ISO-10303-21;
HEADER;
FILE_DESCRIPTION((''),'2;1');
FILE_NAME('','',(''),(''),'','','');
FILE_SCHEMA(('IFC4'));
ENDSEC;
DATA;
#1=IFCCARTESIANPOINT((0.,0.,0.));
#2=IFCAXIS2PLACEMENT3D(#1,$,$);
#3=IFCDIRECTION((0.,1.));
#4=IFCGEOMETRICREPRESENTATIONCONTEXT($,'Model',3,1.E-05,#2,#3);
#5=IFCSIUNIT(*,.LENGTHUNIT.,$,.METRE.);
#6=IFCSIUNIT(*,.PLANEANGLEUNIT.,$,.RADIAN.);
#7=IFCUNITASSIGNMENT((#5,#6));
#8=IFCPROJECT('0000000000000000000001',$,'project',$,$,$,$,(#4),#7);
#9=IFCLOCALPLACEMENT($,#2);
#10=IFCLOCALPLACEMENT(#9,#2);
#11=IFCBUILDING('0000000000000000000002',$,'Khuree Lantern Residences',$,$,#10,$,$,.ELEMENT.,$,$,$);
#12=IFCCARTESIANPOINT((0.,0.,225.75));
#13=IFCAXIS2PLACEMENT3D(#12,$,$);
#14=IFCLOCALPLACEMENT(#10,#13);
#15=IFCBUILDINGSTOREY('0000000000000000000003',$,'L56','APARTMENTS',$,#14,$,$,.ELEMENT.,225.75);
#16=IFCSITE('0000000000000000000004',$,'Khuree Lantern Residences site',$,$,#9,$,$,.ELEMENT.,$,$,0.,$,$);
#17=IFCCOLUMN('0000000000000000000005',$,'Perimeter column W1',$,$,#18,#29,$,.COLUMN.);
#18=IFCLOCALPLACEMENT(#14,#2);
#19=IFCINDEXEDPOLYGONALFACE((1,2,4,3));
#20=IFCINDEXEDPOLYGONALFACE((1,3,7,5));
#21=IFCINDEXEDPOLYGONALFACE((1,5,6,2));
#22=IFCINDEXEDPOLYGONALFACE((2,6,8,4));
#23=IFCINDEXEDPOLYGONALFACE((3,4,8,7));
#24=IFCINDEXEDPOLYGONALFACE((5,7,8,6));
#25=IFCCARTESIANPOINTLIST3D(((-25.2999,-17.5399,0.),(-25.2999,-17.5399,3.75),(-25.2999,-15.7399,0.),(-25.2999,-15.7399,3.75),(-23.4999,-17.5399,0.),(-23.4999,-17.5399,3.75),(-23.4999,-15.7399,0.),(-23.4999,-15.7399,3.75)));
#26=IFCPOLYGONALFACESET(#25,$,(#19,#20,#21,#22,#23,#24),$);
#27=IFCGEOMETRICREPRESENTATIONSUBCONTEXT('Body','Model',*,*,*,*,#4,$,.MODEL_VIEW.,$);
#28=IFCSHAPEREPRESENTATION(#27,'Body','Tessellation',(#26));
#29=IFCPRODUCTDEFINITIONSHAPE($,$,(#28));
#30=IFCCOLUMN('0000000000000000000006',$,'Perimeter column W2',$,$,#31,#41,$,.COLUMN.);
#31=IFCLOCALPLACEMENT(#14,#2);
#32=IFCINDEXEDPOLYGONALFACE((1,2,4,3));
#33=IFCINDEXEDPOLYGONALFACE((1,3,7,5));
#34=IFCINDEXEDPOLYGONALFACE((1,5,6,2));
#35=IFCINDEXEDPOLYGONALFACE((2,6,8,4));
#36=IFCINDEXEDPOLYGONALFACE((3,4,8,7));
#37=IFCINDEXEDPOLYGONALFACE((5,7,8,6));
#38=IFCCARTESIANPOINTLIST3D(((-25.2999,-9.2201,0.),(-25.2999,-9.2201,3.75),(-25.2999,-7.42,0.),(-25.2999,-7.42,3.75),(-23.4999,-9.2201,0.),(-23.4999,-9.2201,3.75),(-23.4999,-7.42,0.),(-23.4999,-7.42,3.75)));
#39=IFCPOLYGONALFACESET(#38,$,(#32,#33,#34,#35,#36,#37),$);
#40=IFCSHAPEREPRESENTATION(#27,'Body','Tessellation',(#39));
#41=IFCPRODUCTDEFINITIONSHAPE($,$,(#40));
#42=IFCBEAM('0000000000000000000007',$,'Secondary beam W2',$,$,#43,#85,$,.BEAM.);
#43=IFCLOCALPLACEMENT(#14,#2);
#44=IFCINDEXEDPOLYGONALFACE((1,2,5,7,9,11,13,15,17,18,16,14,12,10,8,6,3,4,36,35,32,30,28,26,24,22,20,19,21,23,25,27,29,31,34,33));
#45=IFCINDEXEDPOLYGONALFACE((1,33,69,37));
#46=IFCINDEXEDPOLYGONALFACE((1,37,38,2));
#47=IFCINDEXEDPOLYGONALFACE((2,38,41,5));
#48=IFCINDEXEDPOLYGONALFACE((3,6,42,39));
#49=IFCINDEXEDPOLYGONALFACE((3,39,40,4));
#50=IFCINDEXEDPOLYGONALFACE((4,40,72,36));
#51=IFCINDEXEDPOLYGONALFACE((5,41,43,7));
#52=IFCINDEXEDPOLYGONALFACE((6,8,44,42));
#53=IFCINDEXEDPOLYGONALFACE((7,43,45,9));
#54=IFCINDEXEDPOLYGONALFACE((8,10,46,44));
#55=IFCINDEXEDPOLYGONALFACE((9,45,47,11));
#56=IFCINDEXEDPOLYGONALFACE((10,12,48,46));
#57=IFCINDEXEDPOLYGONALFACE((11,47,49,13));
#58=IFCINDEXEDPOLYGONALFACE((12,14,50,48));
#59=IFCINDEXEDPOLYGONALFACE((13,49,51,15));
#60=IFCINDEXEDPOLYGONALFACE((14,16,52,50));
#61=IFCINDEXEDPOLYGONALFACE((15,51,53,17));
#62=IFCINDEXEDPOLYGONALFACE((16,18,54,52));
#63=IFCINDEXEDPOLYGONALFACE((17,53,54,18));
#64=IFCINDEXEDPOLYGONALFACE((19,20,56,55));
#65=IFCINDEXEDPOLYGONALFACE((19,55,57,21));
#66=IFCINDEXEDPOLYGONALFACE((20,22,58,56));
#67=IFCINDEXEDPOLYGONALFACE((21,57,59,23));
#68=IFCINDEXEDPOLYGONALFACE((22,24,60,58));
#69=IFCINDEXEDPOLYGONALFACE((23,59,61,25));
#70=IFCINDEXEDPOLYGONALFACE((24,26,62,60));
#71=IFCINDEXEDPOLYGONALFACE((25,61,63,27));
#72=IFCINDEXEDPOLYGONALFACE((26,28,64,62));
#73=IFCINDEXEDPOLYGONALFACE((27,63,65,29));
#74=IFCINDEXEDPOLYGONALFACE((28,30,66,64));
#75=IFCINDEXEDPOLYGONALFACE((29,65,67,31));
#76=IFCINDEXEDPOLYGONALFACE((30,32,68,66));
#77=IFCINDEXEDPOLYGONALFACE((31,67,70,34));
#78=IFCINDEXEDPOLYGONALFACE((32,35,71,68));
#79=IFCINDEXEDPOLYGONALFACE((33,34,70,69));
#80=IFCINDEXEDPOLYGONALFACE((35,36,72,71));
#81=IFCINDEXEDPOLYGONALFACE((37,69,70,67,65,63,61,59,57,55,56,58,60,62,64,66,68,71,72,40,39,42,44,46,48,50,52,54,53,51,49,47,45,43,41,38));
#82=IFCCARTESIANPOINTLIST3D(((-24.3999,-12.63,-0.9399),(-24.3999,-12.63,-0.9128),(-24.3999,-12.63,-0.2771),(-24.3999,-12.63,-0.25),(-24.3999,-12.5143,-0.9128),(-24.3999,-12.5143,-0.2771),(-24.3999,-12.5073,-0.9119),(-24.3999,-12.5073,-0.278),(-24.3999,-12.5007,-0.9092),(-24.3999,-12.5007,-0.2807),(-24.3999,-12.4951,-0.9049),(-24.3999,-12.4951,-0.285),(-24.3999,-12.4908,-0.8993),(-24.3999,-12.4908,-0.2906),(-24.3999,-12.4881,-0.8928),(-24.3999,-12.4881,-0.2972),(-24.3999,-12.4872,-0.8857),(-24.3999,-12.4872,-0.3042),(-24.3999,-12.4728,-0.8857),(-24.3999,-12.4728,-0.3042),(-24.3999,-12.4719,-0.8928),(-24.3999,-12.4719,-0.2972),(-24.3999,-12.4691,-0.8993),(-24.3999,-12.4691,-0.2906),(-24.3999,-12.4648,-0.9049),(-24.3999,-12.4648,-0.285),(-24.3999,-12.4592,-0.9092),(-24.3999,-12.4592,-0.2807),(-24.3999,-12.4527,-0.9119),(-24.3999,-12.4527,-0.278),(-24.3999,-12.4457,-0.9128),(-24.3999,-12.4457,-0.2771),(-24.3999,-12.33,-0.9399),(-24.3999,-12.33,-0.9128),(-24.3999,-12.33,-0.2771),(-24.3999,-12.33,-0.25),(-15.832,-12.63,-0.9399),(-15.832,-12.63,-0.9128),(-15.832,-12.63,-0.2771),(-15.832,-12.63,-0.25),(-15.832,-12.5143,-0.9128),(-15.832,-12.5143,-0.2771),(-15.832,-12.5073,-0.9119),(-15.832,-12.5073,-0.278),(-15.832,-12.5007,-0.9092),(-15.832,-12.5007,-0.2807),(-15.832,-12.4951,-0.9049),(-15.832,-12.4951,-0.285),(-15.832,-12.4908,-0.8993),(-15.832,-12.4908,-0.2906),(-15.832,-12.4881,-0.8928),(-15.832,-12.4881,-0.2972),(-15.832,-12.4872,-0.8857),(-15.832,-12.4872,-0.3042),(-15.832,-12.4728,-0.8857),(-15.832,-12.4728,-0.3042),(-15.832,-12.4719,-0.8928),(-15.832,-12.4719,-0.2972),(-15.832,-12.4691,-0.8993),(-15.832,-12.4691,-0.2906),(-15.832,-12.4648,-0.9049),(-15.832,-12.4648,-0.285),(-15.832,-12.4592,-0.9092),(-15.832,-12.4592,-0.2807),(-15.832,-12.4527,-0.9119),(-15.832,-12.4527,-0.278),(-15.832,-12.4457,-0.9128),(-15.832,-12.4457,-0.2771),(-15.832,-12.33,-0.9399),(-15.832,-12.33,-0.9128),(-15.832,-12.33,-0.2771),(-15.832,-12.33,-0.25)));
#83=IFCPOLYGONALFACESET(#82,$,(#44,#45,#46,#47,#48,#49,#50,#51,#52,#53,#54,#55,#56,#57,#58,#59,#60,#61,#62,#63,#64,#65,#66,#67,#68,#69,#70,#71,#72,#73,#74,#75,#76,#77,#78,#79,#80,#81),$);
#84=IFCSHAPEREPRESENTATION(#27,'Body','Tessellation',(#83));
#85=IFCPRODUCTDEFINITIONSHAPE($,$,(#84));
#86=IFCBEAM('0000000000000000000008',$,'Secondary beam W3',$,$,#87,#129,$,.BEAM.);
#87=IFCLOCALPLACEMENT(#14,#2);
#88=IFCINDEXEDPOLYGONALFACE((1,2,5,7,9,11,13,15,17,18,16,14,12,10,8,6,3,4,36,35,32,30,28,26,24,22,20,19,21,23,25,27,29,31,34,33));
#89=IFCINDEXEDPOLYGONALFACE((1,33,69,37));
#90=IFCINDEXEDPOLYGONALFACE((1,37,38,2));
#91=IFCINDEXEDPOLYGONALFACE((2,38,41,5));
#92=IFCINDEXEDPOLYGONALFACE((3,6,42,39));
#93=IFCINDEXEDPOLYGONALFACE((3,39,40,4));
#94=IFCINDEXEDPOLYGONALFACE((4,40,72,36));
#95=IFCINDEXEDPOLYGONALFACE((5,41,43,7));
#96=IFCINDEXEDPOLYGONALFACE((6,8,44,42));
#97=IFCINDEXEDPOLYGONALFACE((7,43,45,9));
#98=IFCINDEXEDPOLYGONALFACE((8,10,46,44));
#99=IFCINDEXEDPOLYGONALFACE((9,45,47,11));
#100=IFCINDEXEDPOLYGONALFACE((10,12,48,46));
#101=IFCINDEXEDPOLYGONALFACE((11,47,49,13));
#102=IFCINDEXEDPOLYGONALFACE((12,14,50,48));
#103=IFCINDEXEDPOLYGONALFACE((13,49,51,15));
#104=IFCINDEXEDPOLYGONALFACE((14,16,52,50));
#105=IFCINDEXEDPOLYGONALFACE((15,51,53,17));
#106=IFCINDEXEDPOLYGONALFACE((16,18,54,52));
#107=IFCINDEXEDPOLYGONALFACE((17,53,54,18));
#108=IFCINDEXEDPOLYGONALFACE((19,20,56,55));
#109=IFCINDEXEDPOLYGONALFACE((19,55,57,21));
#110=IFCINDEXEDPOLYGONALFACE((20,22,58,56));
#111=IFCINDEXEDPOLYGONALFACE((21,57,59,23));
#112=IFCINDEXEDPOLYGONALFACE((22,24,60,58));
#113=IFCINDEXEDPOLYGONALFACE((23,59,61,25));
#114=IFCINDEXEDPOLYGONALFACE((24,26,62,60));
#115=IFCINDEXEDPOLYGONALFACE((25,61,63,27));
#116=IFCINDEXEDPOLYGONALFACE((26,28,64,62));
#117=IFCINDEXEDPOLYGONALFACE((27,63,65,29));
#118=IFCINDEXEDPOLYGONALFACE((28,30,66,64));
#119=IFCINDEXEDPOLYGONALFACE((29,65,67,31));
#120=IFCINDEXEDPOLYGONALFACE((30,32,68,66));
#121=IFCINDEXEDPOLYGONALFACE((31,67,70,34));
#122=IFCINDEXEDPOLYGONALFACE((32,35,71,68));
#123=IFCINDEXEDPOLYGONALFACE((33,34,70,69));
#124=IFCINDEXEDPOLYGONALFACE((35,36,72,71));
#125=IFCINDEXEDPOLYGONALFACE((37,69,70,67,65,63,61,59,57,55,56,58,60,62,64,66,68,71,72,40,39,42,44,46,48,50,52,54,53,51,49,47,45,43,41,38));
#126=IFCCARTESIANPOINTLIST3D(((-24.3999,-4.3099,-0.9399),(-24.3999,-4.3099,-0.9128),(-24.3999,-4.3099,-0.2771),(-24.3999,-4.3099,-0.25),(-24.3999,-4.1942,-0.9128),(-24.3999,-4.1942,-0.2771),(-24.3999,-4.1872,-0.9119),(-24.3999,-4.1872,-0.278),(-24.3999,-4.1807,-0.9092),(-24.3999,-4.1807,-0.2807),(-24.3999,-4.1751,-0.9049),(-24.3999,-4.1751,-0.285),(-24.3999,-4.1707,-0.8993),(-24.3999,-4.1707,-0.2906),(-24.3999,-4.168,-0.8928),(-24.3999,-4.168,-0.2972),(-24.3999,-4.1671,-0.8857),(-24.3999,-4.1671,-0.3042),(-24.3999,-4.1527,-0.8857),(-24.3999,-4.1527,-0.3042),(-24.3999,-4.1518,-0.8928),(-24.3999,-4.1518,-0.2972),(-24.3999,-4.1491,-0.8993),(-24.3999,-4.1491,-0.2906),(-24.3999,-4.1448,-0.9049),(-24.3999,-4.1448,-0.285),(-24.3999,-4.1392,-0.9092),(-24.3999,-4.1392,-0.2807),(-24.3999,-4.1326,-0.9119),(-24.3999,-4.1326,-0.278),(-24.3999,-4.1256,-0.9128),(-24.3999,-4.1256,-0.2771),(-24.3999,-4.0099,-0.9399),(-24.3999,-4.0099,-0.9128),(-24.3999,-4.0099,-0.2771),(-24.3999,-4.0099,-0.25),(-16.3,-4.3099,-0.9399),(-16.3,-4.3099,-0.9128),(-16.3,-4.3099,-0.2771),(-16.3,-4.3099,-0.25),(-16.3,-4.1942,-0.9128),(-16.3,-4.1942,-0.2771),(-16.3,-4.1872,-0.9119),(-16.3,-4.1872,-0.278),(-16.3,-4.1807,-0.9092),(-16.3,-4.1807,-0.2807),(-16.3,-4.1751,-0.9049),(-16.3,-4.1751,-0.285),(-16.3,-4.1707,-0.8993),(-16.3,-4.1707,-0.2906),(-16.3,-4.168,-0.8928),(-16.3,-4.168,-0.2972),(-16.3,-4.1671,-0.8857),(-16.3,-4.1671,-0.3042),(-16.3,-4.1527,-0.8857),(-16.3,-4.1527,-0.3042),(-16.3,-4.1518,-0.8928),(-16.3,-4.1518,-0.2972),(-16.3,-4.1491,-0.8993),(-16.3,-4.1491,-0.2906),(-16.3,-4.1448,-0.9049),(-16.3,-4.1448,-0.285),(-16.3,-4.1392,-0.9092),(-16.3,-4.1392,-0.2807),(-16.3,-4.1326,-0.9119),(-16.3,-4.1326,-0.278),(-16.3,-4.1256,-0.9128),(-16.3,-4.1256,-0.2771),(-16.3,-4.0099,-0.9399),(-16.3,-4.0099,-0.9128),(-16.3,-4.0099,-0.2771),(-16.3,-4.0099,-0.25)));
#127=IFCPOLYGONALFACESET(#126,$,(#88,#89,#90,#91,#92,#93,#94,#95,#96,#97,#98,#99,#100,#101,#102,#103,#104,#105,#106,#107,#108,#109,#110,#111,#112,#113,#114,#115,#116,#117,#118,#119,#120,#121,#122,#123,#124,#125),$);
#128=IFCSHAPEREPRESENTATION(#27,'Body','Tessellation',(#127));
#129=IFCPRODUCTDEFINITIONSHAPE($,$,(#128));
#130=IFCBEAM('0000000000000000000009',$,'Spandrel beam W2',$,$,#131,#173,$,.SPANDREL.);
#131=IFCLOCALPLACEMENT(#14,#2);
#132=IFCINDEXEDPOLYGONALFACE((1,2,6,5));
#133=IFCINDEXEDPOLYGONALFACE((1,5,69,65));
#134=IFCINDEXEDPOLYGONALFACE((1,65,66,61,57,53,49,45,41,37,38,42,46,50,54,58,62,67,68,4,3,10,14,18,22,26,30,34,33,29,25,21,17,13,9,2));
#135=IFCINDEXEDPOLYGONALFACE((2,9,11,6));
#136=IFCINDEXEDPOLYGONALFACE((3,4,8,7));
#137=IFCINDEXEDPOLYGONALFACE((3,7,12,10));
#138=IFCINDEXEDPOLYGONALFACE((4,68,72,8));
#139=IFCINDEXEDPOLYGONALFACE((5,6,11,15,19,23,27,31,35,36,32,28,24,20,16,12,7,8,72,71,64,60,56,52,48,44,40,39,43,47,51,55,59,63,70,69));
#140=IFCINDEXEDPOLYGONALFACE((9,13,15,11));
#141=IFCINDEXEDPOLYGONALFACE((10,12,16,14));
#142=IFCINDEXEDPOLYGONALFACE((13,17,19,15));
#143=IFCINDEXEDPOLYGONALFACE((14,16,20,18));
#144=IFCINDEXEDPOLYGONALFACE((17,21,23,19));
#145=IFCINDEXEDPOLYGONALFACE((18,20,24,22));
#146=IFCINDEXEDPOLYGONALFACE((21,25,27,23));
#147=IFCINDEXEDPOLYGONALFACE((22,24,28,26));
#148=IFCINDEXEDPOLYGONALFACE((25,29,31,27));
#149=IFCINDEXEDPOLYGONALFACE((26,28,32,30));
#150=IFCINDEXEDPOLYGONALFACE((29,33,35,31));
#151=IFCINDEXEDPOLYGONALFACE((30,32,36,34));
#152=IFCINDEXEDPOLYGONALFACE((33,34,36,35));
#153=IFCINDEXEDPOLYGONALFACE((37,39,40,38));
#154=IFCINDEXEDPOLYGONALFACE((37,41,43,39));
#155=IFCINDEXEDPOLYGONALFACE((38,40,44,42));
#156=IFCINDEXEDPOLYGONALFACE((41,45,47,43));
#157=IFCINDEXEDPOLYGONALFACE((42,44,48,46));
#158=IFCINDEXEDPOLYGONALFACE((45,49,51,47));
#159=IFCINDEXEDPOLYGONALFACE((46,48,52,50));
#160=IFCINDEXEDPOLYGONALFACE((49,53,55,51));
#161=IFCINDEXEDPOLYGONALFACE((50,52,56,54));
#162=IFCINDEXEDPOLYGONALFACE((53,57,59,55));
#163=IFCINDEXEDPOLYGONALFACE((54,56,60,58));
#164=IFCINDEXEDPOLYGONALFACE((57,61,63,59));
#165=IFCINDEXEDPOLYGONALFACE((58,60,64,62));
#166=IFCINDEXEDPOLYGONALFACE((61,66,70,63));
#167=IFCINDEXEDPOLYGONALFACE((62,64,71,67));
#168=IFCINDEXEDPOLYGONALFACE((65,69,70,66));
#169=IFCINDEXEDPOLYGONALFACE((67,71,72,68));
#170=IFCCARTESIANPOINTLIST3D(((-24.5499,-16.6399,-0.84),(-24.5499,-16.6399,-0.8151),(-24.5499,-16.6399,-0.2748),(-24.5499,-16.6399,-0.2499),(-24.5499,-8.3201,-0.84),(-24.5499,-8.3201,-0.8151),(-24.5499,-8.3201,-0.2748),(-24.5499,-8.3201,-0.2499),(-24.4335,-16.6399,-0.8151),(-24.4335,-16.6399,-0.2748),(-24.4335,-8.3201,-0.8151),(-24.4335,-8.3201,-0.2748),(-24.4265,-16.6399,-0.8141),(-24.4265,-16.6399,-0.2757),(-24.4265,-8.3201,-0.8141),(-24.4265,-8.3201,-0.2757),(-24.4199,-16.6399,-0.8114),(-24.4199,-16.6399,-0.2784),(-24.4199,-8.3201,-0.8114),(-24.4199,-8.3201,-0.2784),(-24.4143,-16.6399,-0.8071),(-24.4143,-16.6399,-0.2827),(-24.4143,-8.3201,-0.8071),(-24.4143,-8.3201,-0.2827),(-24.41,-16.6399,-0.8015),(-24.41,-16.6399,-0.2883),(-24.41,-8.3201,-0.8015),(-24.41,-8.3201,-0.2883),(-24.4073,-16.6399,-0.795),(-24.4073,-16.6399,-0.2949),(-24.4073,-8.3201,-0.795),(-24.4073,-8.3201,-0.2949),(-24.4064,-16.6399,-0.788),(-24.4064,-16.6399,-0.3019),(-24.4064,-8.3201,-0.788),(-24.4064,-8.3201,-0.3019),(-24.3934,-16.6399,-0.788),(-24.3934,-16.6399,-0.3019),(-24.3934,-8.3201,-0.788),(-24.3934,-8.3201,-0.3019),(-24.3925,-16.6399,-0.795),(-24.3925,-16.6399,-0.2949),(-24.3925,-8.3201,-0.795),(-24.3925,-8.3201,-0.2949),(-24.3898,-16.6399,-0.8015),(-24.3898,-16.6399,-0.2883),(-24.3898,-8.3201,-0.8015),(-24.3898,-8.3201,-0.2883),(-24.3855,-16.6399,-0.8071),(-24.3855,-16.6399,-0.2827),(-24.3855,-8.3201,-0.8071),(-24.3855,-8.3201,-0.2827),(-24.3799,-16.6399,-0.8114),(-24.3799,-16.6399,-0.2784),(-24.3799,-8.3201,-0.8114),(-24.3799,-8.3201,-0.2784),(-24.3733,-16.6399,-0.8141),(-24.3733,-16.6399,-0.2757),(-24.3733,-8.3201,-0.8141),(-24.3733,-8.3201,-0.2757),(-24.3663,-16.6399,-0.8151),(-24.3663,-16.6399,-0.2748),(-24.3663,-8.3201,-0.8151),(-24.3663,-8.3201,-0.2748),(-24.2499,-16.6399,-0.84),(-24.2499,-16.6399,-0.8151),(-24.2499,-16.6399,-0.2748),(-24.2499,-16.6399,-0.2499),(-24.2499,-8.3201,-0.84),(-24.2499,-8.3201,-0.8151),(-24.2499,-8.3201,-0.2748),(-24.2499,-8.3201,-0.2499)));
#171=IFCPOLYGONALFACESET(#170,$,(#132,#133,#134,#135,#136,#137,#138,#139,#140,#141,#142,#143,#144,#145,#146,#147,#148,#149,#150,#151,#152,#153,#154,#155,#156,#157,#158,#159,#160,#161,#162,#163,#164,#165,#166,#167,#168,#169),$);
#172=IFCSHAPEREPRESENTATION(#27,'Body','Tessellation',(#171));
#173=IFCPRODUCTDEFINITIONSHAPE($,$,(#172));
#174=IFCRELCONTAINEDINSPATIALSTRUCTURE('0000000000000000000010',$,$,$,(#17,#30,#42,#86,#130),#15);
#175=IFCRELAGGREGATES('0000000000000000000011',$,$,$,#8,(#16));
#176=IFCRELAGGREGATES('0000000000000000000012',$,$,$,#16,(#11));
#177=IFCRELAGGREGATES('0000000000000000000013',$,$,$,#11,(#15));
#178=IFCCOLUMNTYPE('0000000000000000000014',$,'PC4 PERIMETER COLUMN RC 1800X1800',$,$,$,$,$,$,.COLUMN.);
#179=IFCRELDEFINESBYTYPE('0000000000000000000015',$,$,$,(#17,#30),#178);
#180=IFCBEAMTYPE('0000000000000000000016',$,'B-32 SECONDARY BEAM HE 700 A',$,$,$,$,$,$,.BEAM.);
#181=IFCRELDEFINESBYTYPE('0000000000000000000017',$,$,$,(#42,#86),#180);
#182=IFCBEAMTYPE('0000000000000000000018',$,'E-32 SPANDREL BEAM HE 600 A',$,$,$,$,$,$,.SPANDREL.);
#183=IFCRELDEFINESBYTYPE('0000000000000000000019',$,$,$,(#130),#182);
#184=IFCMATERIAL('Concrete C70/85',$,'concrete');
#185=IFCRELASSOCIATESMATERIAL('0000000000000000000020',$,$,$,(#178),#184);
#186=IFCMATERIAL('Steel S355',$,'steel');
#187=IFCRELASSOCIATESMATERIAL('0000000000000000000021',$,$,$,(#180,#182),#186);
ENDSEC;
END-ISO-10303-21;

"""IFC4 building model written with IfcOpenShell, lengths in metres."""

from ifc_helpers import new_model, si_unit, direction, frame, origin, origin_2d, place, context, subcontext, project, spatial, rectangle, i_section, extrude, material, material_profile, profile_set, type_object, element, save


model = new_model("IFC4")

# Units and contexts
model_context = context("Model", 3, precision=1e-05, world=origin(), true_north=direction((0.0, 1.0)))
body_context = subcontext(model_context, "Body", "Model", "MODEL_VIEW")
ifc_project = project(units=[si_unit("LENGTHUNIT", "METRE"), si_unit("PLANEANGLEUNIT", "RADIAN")], contexts=[model_context])

# Site, building, storey
site_placement = place(None, origin())
site = spatial("IfcSite", under=ifc_project, at=site_placement, Name="Khuree Lantern Residences site", CompositionType="ELEMENT", RefElevation=0.0)
building_placement = place(site_placement, origin())
building = spatial("IfcBuilding", under=site, at=building_placement, Name="Khuree Lantern Residences", CompositionType="ELEMENT")
storey_placement = place(building_placement, frame((0.0, 0.0, 225.75)))
storey = spatial("IfcBuildingStorey", under=building, at=storey_placement, Name="L56", Description="APARTMENTS", CompositionType="ELEMENT", Elevation=225.75)

# Columns
ifc_material_1 = material(Name="Concrete C70/85", Category="concrete")
ifc_material_profile_1 = material_profile(ifc_material_1, rectangle(XDim=1.8, YDim=1.8, at=origin_2d()), Name="RC 1800X1800")
ifc_profile_set_1 = profile_set([ifc_material_profile_1], Name="Concrete C70/85")
column_type = type_object("IfcColumnType", Name="PC4 PERIMETER COLUMN RC 1800X1800", PredefinedType="COLUMN", material=ifc_profile_set_1)
for number, where, z_axis, x_axis, name in (
    (1, (-24.3999, -16.6399, 0.0), (0.0, 0.0, 1.0), (0.0, 1.0, 0.0), "Perimeter column W1"),
    (2, (-24.3999, -8.3201, 0.0), (0.0, 0.0, 1.0), (0.0, 1.0, 0.0), "Perimeter column W2"),
):
    element("IfcColumn", number, at=place(storey_placement, frame(where, z_axis=z_axis, x_axis=x_axis)), inside=storey, type_object=column_type, Name=name, PredefinedType="COLUMN", context=body_context, shape_type="SweptSolid", body=[
        extrude(rectangle(XDim=1.8, YDim=1.8, at=origin_2d()), origin(), (0.0, 0.0, 1.0), 3.75),
    ])

# Beams
ifc_material_2 = material(Name="Steel S355", Category="steel")
ifc_material_profile_2 = material_profile(ifc_material_2, i_section(OverallWidth=0.3, OverallDepth=0.6899, WebThickness=0.0144, FlangeThickness=0.0271, FilletRadius=0.0271, at=origin_2d()), Name="HE 700 A")
ifc_profile_set_2 = profile_set([ifc_material_profile_2], Name="Steel S355")
beam_type_1 = type_object("IfcBeamType", Name="B-32 SECONDARY BEAM HE 700 A", PredefinedType="BEAM", material=ifc_profile_set_2)
beam_1_placement = place(storey_placement, frame((-24.3999, -12.48, -0.595), z_axis=(1.0, 0.0, 0.0), x_axis=(0.0, 1.0, 0.0)))
element("IfcBeam", 3, at=beam_1_placement, inside=storey, type_object=beam_type_1, Name="Secondary beam W2", PredefinedType="BEAM", context=body_context, shape_type="SweptSolid", body=[
    extrude(i_section(OverallWidth=0.3, OverallDepth=0.6899, WebThickness=0.0144, FlangeThickness=0.0271, FilletRadius=0.0271, at=origin_2d()), origin(), (0.0, 0.0, 1.0), 8.5679),
])
beam_2_placement = place(storey_placement, frame((-24.3999, -4.1599, -0.595), z_axis=(1.0, 0.0, 0.0), x_axis=(0.0, 1.0, 0.0)))
element("IfcBeam", 4, at=beam_2_placement, inside=storey, type_object=beam_type_1, Name="Secondary beam W3", PredefinedType="BEAM", context=body_context, shape_type="SweptSolid", body=[
    extrude(i_section(OverallWidth=0.3, OverallDepth=0.6899, WebThickness=0.0144, FlangeThickness=0.0271, FilletRadius=0.0271, at=origin_2d()), origin(), (0.0, 0.0, 1.0), 8.0999),
])
ifc_material_profile_3 = material_profile(ifc_material_2, i_section(OverallWidth=0.3, OverallDepth=0.5901, WebThickness=0.0129, FlangeThickness=0.0249, FilletRadius=0.0271, at=origin_2d()), Name="HE 600 A")
ifc_profile_set_3 = profile_set([ifc_material_profile_3], Name="Steel S355")
beam_type_2 = type_object("IfcBeamType", Name="E-32 SPANDREL BEAM HE 600 A", PredefinedType="SPANDREL", material=ifc_profile_set_3)
beam_3_placement = place(storey_placement, frame((-24.3999, -16.6399, -0.5449), z_axis=(0.0, 1.0, 0.0), x_axis=(-1.0, 0.0, 0.0)))
element("IfcBeam", 5, at=beam_3_placement, inside=storey, type_object=beam_type_2, Name="Spandrel beam W2", PredefinedType="SPANDREL", context=body_context, shape_type="SweptSolid", body=[
    extrude(i_section(OverallWidth=0.3, OverallDepth=0.5901, WebThickness=0.0129, FlangeThickness=0.0249, FilletRadius=0.0271, at=origin_2d()), origin(), (0.0, 0.0, 1.0), 8.3198),
])

save(model, "model.ifc")
